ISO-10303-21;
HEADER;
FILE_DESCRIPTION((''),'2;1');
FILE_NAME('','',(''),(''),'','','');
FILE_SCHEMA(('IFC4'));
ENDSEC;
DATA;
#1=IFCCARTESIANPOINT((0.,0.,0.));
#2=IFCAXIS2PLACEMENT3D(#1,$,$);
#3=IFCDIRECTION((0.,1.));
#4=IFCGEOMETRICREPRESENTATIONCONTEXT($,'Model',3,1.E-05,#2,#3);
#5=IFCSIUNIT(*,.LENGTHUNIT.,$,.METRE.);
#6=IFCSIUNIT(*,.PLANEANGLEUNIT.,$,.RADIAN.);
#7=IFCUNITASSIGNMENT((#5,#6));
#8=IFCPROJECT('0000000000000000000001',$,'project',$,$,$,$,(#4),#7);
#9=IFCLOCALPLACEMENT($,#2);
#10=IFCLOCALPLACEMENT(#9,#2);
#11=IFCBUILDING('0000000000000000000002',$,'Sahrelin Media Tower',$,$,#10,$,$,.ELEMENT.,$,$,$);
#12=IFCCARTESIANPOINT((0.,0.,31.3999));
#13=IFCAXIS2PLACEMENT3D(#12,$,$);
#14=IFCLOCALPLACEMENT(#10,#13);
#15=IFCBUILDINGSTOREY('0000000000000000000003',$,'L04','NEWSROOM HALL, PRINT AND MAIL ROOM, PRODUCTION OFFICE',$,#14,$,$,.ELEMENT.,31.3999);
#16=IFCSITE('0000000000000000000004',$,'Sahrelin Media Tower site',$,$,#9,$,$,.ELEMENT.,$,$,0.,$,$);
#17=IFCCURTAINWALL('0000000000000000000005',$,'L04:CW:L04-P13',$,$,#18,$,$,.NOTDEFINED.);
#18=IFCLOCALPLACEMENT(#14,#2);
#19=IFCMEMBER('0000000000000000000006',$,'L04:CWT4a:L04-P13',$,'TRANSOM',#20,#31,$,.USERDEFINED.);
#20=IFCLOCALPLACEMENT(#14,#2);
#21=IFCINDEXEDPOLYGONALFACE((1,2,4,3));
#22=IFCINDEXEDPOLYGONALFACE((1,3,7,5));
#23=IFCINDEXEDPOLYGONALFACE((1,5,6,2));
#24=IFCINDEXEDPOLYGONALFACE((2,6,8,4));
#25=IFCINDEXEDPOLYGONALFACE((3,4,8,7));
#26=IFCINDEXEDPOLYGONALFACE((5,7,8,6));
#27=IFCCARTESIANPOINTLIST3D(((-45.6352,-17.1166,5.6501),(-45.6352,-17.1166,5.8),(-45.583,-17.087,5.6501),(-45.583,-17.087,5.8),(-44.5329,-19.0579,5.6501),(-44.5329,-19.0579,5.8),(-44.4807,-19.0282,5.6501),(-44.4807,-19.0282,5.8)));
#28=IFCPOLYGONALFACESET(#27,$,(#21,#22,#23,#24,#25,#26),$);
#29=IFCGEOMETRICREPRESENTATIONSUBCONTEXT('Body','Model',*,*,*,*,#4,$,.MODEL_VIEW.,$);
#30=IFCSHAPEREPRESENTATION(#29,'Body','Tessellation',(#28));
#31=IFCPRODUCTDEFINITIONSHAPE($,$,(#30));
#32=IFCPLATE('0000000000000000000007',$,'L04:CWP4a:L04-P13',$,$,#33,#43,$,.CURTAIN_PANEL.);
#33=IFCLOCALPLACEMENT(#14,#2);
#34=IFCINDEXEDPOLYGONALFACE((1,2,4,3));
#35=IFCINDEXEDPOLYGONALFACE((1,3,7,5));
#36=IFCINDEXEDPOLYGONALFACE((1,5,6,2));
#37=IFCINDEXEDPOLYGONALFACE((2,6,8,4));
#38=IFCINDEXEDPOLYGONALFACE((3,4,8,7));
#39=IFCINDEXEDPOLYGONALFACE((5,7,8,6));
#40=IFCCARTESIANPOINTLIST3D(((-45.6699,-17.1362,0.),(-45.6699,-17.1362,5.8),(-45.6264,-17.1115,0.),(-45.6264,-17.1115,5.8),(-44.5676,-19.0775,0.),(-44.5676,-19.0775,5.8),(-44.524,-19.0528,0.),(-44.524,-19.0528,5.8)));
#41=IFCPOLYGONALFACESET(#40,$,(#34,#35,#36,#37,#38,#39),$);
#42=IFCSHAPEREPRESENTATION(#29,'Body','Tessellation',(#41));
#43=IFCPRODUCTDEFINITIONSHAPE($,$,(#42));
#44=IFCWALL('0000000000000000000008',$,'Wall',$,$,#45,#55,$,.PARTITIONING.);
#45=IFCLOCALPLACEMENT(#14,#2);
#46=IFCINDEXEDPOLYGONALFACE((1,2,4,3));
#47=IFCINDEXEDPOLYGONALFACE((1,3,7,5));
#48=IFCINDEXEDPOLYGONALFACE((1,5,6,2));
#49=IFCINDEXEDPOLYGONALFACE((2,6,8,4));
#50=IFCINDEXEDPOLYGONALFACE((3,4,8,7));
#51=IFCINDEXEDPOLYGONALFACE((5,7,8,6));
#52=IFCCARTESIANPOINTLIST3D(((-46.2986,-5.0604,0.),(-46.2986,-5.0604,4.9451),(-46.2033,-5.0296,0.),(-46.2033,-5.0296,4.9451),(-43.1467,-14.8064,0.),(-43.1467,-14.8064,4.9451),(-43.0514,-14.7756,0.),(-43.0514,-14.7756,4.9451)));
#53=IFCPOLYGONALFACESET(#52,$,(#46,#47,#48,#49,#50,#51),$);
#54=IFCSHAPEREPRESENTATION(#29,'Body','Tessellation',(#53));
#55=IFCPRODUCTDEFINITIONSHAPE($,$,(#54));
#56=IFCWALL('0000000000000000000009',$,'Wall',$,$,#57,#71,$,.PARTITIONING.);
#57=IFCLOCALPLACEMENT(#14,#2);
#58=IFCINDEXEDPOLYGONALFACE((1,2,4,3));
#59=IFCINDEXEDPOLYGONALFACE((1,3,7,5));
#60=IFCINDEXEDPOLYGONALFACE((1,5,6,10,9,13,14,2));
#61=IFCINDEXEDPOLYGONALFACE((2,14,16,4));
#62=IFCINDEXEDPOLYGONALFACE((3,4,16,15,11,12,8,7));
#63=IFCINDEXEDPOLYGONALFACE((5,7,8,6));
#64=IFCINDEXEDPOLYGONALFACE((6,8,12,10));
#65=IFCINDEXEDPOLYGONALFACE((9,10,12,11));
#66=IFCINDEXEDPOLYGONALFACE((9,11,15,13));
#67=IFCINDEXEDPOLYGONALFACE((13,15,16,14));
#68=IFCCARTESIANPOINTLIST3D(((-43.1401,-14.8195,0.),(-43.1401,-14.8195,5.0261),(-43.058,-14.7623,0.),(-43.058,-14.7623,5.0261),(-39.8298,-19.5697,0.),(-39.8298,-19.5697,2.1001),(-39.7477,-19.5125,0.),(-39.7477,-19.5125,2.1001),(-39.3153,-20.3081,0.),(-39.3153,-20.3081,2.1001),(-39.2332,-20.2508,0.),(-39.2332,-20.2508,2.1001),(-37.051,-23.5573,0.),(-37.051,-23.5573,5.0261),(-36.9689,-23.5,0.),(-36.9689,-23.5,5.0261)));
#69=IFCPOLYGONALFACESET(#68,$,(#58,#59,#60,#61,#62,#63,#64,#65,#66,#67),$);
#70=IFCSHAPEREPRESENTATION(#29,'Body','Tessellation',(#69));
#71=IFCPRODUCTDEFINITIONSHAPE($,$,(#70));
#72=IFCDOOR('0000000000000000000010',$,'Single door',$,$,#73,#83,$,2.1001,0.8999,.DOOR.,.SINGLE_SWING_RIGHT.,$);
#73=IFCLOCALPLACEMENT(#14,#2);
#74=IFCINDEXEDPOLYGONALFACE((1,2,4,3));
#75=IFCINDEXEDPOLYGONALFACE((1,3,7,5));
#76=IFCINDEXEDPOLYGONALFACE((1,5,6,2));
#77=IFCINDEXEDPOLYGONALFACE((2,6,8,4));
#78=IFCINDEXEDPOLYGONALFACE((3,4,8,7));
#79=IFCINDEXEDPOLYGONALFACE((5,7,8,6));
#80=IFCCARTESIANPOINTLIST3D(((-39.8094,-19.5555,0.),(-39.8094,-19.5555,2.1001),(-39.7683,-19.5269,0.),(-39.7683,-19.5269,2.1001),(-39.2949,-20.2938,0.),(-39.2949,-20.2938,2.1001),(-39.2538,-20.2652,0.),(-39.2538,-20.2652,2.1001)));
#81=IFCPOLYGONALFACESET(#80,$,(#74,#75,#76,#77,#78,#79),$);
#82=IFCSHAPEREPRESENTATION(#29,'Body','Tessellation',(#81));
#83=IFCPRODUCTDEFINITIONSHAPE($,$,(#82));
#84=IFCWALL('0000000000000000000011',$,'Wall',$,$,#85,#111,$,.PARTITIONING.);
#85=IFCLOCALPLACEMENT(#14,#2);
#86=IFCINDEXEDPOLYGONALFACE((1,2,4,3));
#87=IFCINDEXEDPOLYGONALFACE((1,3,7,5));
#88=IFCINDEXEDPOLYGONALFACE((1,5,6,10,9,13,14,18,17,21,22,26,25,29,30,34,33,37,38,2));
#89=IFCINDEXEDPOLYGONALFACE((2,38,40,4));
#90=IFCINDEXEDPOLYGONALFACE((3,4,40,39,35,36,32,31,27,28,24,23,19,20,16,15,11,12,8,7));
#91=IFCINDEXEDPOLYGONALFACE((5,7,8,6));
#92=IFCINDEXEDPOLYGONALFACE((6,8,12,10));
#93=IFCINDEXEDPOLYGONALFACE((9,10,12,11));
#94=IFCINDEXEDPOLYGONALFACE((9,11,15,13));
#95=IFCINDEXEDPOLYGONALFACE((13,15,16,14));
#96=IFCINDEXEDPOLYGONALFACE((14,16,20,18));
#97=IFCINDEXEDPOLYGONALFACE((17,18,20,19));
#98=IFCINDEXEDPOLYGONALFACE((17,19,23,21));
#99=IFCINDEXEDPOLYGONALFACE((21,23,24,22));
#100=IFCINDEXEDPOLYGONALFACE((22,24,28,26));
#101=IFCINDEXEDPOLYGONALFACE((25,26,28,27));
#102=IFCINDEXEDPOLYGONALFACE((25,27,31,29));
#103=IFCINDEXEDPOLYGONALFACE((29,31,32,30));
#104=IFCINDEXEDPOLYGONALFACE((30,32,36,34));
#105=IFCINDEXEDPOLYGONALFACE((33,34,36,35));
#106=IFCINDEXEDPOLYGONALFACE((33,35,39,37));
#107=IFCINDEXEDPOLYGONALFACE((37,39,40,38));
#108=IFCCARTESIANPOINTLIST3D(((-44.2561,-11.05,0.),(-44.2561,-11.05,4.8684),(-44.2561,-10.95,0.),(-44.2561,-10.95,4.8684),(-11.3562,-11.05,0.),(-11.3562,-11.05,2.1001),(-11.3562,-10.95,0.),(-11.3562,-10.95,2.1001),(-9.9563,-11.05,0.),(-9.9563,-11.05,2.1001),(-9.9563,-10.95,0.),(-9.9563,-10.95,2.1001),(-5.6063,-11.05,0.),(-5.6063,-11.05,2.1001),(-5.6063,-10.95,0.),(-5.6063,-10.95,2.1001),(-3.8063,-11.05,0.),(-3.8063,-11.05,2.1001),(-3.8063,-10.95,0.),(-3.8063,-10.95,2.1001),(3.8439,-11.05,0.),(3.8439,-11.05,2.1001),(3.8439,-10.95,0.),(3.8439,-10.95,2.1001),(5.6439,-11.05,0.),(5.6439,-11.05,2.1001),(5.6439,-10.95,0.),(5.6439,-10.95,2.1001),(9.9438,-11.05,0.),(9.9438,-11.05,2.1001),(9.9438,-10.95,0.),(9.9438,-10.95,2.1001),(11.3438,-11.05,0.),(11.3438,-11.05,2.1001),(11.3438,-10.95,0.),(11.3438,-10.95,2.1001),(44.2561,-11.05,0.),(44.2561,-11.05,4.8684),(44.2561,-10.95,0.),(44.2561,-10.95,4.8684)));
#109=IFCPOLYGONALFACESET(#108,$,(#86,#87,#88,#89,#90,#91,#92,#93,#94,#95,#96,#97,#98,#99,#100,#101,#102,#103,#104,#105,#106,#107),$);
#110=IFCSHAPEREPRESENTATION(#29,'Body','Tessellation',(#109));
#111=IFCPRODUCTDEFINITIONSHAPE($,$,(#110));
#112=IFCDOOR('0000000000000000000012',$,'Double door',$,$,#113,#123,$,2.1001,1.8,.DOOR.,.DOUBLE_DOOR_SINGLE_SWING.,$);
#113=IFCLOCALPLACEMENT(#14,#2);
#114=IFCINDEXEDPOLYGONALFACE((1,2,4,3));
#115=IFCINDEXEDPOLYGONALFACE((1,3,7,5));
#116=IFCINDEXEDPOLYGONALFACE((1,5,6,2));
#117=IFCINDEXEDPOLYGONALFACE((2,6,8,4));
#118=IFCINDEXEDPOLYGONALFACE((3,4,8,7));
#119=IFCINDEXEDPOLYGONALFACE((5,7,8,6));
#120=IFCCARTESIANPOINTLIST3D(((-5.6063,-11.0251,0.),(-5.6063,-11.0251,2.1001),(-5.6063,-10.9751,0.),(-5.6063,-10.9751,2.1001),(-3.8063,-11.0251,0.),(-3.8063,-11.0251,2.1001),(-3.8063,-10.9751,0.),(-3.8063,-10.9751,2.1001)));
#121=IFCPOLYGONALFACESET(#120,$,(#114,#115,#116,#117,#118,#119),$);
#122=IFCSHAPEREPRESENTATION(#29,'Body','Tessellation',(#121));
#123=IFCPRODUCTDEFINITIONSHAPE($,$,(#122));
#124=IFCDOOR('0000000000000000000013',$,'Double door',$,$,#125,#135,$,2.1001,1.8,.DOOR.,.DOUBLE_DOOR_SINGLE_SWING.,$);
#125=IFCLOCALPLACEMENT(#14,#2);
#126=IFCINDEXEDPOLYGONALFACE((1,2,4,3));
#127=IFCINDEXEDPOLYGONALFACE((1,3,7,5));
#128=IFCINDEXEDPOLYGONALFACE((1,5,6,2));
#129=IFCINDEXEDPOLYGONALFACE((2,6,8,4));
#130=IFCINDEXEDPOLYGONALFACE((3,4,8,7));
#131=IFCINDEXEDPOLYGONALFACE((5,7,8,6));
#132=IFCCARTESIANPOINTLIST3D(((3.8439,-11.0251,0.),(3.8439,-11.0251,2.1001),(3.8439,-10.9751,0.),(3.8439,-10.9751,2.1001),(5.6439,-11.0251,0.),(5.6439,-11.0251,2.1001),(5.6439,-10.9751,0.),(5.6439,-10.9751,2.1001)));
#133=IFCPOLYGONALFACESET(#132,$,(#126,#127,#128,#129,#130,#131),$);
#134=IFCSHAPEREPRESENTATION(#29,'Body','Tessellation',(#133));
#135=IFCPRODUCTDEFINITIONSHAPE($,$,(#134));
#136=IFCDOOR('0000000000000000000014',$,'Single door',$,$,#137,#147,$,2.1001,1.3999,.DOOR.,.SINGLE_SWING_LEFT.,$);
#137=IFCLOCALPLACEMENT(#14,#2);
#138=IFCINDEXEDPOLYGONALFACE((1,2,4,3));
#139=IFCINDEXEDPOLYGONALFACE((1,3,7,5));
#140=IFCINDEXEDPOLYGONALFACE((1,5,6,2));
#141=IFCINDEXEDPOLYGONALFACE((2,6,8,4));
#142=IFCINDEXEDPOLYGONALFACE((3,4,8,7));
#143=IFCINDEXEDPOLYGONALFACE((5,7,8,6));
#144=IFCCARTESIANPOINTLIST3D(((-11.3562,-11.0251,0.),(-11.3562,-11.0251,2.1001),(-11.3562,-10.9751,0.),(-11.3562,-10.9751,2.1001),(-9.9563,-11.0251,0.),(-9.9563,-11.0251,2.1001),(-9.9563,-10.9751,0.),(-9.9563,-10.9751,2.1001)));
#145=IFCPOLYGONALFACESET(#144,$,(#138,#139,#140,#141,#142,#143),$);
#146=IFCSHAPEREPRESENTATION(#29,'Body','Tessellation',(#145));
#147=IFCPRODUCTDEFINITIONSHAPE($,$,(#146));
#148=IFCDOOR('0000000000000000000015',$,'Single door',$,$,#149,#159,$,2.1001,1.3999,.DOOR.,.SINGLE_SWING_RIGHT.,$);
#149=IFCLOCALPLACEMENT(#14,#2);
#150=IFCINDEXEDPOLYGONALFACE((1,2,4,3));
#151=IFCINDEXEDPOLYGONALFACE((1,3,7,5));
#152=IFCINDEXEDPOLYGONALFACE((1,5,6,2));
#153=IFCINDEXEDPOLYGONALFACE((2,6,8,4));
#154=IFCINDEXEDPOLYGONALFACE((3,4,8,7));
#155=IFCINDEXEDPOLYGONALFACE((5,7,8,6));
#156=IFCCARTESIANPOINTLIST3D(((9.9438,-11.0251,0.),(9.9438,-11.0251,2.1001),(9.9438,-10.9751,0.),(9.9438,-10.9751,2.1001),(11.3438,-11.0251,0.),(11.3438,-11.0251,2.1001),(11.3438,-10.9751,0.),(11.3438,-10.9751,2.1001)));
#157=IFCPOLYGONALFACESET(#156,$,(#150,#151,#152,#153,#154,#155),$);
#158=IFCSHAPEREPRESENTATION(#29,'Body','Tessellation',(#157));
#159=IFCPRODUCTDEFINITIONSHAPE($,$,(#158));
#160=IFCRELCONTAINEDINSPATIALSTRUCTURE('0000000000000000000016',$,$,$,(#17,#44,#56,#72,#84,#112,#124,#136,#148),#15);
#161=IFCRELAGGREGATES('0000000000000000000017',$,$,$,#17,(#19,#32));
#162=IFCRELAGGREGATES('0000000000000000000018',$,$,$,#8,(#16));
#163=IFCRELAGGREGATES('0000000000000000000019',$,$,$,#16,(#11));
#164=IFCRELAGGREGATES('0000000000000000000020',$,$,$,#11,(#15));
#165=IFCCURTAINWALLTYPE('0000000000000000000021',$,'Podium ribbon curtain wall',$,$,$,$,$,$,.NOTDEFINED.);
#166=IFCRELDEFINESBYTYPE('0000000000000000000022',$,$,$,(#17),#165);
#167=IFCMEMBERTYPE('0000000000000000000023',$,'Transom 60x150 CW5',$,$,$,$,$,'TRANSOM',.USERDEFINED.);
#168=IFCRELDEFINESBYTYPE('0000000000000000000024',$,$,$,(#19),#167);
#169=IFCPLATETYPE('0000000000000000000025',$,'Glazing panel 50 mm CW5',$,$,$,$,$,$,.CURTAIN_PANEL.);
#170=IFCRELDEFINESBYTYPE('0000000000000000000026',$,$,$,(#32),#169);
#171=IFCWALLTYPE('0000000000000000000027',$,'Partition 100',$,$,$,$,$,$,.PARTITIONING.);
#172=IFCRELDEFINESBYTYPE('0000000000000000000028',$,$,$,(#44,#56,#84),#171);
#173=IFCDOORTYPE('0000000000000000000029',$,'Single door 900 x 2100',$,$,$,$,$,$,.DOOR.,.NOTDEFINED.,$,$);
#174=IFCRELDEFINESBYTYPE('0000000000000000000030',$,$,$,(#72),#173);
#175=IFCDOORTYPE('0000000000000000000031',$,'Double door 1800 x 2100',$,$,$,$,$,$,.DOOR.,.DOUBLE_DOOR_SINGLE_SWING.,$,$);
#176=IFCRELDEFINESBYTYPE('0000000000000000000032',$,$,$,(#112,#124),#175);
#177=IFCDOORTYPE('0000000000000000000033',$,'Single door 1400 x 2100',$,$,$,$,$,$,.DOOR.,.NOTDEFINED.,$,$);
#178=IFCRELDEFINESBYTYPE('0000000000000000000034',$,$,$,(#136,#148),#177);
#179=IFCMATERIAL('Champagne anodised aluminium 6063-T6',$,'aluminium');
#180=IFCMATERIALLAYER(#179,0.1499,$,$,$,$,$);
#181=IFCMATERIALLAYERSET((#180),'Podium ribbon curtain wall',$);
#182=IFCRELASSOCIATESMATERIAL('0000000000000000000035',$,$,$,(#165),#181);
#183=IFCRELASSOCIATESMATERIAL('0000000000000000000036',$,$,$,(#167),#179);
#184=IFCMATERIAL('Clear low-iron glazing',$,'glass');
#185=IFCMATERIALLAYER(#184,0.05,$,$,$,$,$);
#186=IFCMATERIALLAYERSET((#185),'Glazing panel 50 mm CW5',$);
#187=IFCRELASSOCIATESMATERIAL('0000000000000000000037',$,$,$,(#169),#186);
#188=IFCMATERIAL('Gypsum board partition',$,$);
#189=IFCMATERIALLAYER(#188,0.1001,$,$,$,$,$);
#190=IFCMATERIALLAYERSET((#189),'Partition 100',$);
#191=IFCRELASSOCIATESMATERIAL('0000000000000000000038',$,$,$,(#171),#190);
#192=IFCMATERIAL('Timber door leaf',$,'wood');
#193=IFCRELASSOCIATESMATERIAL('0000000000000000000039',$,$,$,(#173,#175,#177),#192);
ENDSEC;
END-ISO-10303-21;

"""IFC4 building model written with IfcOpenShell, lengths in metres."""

from ifc_helpers import new_model, si_unit, direction, frame, frame_2d, origin, origin_2d, place, context, subcontext, project, spatial, polyline, rectangle, outline, extrude, material, layer, layer_set, material_profile, profile_set, type_object, element, fill, aggregate, save


model = new_model("IFC4")

# Units and contexts
model_context = context("Model", 3, precision=1e-05, world=origin(), true_north=direction((0.0, 1.0)))
body_context = subcontext(model_context, "Body", "Model", "MODEL_VIEW")
ifc_project = project(units=[si_unit("LENGTHUNIT", "METRE"), si_unit("PLANEANGLEUNIT", "RADIAN")], contexts=[model_context])

# Site, building, storey
site_placement = place(None, origin())
site = spatial("IfcSite", under=ifc_project, at=site_placement, Name="Sahrelin Media Tower site", CompositionType="ELEMENT", RefElevation=0.0)
building_placement = place(site_placement, origin())
building = spatial("IfcBuilding", under=site, at=building_placement, Name="Sahrelin Media Tower", CompositionType="ELEMENT")
storey_placement = place(building_placement, frame((0.0, 0.0, 31.3999)))
storey = spatial("IfcBuildingStorey", under=building, at=storey_placement, Name="L04", Description="NEWSROOM HALL, PRINT AND MAIL ROOM, PRODUCTION OFFICE", CompositionType="ELEMENT", Elevation=31.3999)

# Curtain wall
ifc_material_1 = material(Name="Champagne anodised aluminium 6063-T6", Category="aluminium")
ifc_layer_1 = layer(ifc_material_1, 0.1499)
ifc_layer_set_1 = layer_set([ifc_layer_1], Name="Podium ribbon curtain wall")
curtain_wall_type = type_object("IfcCurtainWallType", Name="Podium ribbon curtain wall", PredefinedType="NOTDEFINED", material=ifc_layer_set_1)
curtain_wall_placement = place(storey_placement, frame((-48.2964, -10.8704, 0.0), z_axis=(0.0, 0.0, 1.0), x_axis=(1.0, 0.0, 0.0)))
curtain_wall = element("IfcCurtainWall", 1, at=curtain_wall_placement, inside=storey, type_object=curtain_wall_type, Name="L04:CW:L04-P13", PredefinedType="NOTDEFINED")

# Member
ifc_material_profile_1 = material_profile(ifc_material_1, rectangle(XDim=0.0601, YDim=0.1499, at=origin_2d()), Name="Transom 60x150")
ifc_profile_set_1 = profile_set([ifc_material_profile_1], Name="Champagne anodised aluminium 6063-T6")
member_type_1 = type_object("IfcMemberType", Name="Transom 60x150 CW5", ElementType="TRANSOM", PredefinedType="USERDEFINED", material=ifc_profile_set_1)
member_1_placement = place(storey_placement, frame((-45.6091, -17.1018, 5.7251), z_axis=(0.493793, -0.869579, 0.0), x_axis=(0.869579, 0.493793, 0.0)))
member_1 = element("IfcMember", 2, at=member_1_placement, type_object=member_type_1, Name="L04:CWT4a:L04-P13", ObjectType="TRANSOM", PredefinedType="USERDEFINED", context=body_context, shape_type="SweptSolid", body=[
    extrude(rectangle(XDim=0.0601, YDim=0.1499, at=origin_2d()), origin(), (0.0, 0.0, 1.0), 2.2324),
])

# Plate
ifc_material_2 = material(Name="Clear low-iron glazing", Category="glass")
ifc_layer_2 = layer(ifc_material_2, 0.05)
ifc_layer_set_2 = layer_set([ifc_layer_2], Name="Glazing panel 50 mm CW5")
plate_type = type_object("IfcPlateType", Name="Glazing panel 50 mm CW5", PredefinedType="CURTAIN_PANEL", material=ifc_layer_set_2)
plate_placement = place(storey_placement, frame((-45.6699, -17.1362, 0.0), z_axis=(-0.869579, -0.493793, 0.0), x_axis=(0.493793, -0.869579, 0.0)))
plate = element("IfcPlate", 3, at=plate_placement, type_object=plate_type, Name="L04:CWP4a:L04-P13", PredefinedType="CURTAIN_PANEL", context=body_context, shape_type="SweptSolid", body=[
    extrude(outline(polyline([(0.0, 0.0), (2.2324, 0.0), (2.2324, 5.8), (0.0, 5.8), (0.0, 0.0)])), origin(), (0.0, 0.0, -1.0), 0.05),
])
aggregate(curtain_wall, [member_1, plate])

# Wall
ifc_material_3 = material(Name="Gypsum board partition")
ifc_layer_3 = layer(ifc_material_3, 0.1001)
ifc_layer_set_3 = layer_set([ifc_layer_3], Name="Partition 100")
wall_type = type_object("IfcWallType", Name="Partition 100", PredefinedType="PARTITIONING", material=ifc_layer_set_3)
wall_1_placement = place(storey_placement, frame((-46.251, -5.0449, 0.0), z_axis=(0.0, 0.0, 1.0), x_axis=(0.307713, -0.951479, 0.0)))
element("IfcWall", 4, at=wall_1_placement, inside=storey, type_object=wall_type, Name="Wall", PredefinedType="PARTITIONING", context=body_context, shape_type="SweptSolid", body=[
    extrude(rectangle(XDim=10.2429, YDim=0.1001, at=frame_2d((5.1216, 0.0))), origin(), (0.0, 0.0, 1.0), 4.9451),
])

# Wall, opening, door
wall_2_placement = place(storey_placement, frame((-43.0991, -14.7908, 0.0), z_axis=(0.0, 0.0, 1.0), x_axis=(0.571738, -0.820436, 0.0)))
wall_2 = element("IfcWall", 5, at=wall_2_placement, inside=storey, type_object=wall_type, Name="Wall", PredefinedType="PARTITIONING", context=body_context, shape_type="SweptSolid", body=[
    extrude(rectangle(XDim=10.6501, YDim=0.1001, at=frame_2d((5.3252, 0.0))), origin(), (0.0, 0.0, 1.0), 5.0261),
])
opening_1_placement = place(wall_2_placement, frame((5.79, 0.0, 0.0)))
opening_1 = element("IfcOpeningElement", 6, at=opening_1_placement, cuts=wall_2, PredefinedType="OPENING", context=body_context, shape_type="SweptSolid", body=[
    extrude(rectangle(XDim=0.8999, YDim=2.1001, at=frame_2d((0.45, 1.05))), frame((0.0, 0.05, 0.0), z_axis=(0.0, -1.0, 0.0), x_axis=(1.0, 0.0, 0.0)), (0.0, 0.0, 1.0), 0.1001),
])
ifc_material_4 = material(Name="Timber door leaf", Category="wood")
door_type_1 = type_object("IfcDoorType", Name="Single door 900 x 2100", OperationType="NOTDEFINED", PredefinedType="DOOR", material=ifc_material_4)
door_1_placement = place(opening_1_placement, origin())
door_1 = element("IfcDoor", 7, at=door_1_placement, inside=storey, type_object=door_type_1, Name="Single door", OperationType="SINGLE_SWING_RIGHT", OverallHeight=2.1001, OverallWidth=0.8999, PredefinedType="DOOR", context=body_context, shape_type="SweptSolid", body=[
    extrude(rectangle(XDim=0.8999, YDim=2.1001, at=frame_2d((0.45, 1.05))), frame((0.0, 0.0249, 0.0), z_axis=(0.0, -1.0, 0.0), x_axis=(1.0, 0.0, 0.0)), (0.0, 0.0, 1.0), 0.05),
])
fill(opening_1, door_1)

# Wall, openings, doors
wall_3_placement = place(storey_placement, frame((-44.2561, -11.0, 0.0), z_axis=(0.0, 0.0, 1.0), x_axis=(1.0, 0.0, 0.0)))
wall_3 = element("IfcWall", 8, at=wall_3_placement, inside=storey, type_object=wall_type, Name="Wall", PredefinedType="PARTITIONING", context=body_context, shape_type="SweptSolid", body=[
    extrude(rectangle(XDim=88.5122, YDim=0.1001, at=frame_2d((44.2561, 0.0))), origin(), (0.0, 0.0, 1.0), 4.8684),
])
opening_2_placement = place(wall_3_placement, frame((32.8999, 0.0, 0.0)))
opening_2 = element("IfcOpeningElement", 9, at=opening_2_placement, cuts=wall_3, PredefinedType="OPENING", context=body_context, shape_type="SweptSolid", body=[
    extrude(rectangle(XDim=1.3999, YDim=2.1001, at=frame_2d((0.7, 1.05))), frame((0.0, 0.05, 0.0), z_axis=(0.0, -1.0, 0.0), x_axis=(1.0, 0.0, 0.0)), (0.0, 0.0, 1.0), 0.1001),
])
opening_3_placement = place(wall_3_placement, frame((54.2, 0.0, 0.0)))
opening_3 = element("IfcOpeningElement", 10, at=opening_3_placement, cuts=wall_3, PredefinedType="OPENING", context=body_context, shape_type="SweptSolid", body=[
    extrude(rectangle(XDim=1.3999, YDim=2.1001, at=frame_2d((0.7, 1.05))), frame((0.0, 0.05, 0.0), z_axis=(0.0, -1.0, 0.0), x_axis=(1.0, 0.0, 0.0)), (0.0, 0.0, 1.0), 0.1001),
])
opening_4_placement = place(wall_3_placement, frame((38.6499, 0.0, 0.0)))
opening_4 = element("IfcOpeningElement", 11, at=opening_4_placement, cuts=wall_3, PredefinedType="OPENING", context=body_context, shape_type="SweptSolid", body=[
    extrude(rectangle(XDim=1.8, YDim=2.1001, at=frame_2d((0.8999, 1.05))), frame((0.0, 0.05, 0.0), z_axis=(0.0, -1.0, 0.0), x_axis=(1.0, 0.0, 0.0)), (0.0, 0.0, 1.0), 0.1001),
])
opening_5_placement = place(wall_3_placement, frame((48.1001, 0.0, 0.0)))
opening_5 = element("IfcOpeningElement", 12, at=opening_5_placement, cuts=wall_3, PredefinedType="OPENING", context=body_context, shape_type="SweptSolid", body=[
    extrude(rectangle(XDim=1.8, YDim=2.1001, at=frame_2d((0.8999, 1.05))), frame((0.0, 0.05, 0.0), z_axis=(0.0, -1.0, 0.0), x_axis=(1.0, 0.0, 0.0)), (0.0, 0.0, 1.0), 0.1001),
])
door_type_2 = type_object("IfcDoorType", Name="Double door 1800 x 2100", OperationType="DOUBLE_DOOR_SINGLE_SWING", PredefinedType="DOOR", material=ifc_material_4)
door_2_placement = place(opening_4_placement, origin())
door_2 = element("IfcDoor", 13, at=door_2_placement, inside=storey, type_object=door_type_2, Name="Double door", OperationType="DOUBLE_DOOR_SINGLE_SWING", OverallHeight=2.1001, OverallWidth=1.8, PredefinedType="DOOR", context=body_context, shape_type="SweptSolid", body=[
    extrude(rectangle(XDim=1.8, YDim=2.1001, at=frame_2d((0.8999, 1.05))), frame((0.0, 0.0249, 0.0), z_axis=(0.0, -1.0, 0.0), x_axis=(1.0, 0.0, 0.0)), (0.0, 0.0, 1.0), 0.05),
])
fill(opening_4, door_2)
door_3_placement = place(opening_5_placement, origin())
door_3 = element("IfcDoor", 14, at=door_3_placement, inside=storey, type_object=door_type_2, Name="Double door", OperationType="DOUBLE_DOOR_SINGLE_SWING", OverallHeight=2.1001, OverallWidth=1.8, PredefinedType="DOOR", context=body_context, shape_type="SweptSolid", body=[
    extrude(rectangle(XDim=1.8, YDim=2.1001, at=frame_2d((0.8999, 1.05))), frame((0.0, 0.0249, 0.0), z_axis=(0.0, -1.0, 0.0), x_axis=(1.0, 0.0, 0.0)), (0.0, 0.0, 1.0), 0.05),
])
fill(opening_5, door_3)
door_type_3 = type_object("IfcDoorType", Name="Single door 1400 x 2100", OperationType="NOTDEFINED", PredefinedType="DOOR", material=ifc_material_4)
door_4_placement = place(opening_2_placement, origin())
door_4 = element("IfcDoor", 15, at=door_4_placement, inside=storey, type_object=door_type_3, Name="Single door", OperationType="SINGLE_SWING_LEFT", OverallHeight=2.1001, OverallWidth=1.3999, PredefinedType="DOOR", context=body_context, shape_type="SweptSolid", body=[
    extrude(rectangle(XDim=1.3999, YDim=2.1001, at=frame_2d((0.7, 1.05))), frame((0.0, 0.0249, 0.0), z_axis=(0.0, -1.0, 0.0), x_axis=(1.0, 0.0, 0.0)), (0.0, 0.0, 1.0), 0.05),
])
fill(opening_2, door_4)
door_5_placement = place(opening_3_placement, origin())
door_5 = element("IfcDoor", 16, at=door_5_placement, inside=storey, type_object=door_type_3, Name="Single door", OperationType="SINGLE_SWING_RIGHT", OverallHeight=2.1001, OverallWidth=1.3999, PredefinedType="DOOR", context=body_context, shape_type="SweptSolid", body=[
    extrude(rectangle(XDim=1.3999, YDim=2.1001, at=frame_2d((0.7, 1.05))), frame((0.0, 0.0249, 0.0), z_axis=(0.0, -1.0, 0.0), x_axis=(1.0, 0.0, 0.0)), (0.0, 0.0, 1.0), 0.05),
])
fill(opening_3, door_5)

save(model, "model.ifc")
